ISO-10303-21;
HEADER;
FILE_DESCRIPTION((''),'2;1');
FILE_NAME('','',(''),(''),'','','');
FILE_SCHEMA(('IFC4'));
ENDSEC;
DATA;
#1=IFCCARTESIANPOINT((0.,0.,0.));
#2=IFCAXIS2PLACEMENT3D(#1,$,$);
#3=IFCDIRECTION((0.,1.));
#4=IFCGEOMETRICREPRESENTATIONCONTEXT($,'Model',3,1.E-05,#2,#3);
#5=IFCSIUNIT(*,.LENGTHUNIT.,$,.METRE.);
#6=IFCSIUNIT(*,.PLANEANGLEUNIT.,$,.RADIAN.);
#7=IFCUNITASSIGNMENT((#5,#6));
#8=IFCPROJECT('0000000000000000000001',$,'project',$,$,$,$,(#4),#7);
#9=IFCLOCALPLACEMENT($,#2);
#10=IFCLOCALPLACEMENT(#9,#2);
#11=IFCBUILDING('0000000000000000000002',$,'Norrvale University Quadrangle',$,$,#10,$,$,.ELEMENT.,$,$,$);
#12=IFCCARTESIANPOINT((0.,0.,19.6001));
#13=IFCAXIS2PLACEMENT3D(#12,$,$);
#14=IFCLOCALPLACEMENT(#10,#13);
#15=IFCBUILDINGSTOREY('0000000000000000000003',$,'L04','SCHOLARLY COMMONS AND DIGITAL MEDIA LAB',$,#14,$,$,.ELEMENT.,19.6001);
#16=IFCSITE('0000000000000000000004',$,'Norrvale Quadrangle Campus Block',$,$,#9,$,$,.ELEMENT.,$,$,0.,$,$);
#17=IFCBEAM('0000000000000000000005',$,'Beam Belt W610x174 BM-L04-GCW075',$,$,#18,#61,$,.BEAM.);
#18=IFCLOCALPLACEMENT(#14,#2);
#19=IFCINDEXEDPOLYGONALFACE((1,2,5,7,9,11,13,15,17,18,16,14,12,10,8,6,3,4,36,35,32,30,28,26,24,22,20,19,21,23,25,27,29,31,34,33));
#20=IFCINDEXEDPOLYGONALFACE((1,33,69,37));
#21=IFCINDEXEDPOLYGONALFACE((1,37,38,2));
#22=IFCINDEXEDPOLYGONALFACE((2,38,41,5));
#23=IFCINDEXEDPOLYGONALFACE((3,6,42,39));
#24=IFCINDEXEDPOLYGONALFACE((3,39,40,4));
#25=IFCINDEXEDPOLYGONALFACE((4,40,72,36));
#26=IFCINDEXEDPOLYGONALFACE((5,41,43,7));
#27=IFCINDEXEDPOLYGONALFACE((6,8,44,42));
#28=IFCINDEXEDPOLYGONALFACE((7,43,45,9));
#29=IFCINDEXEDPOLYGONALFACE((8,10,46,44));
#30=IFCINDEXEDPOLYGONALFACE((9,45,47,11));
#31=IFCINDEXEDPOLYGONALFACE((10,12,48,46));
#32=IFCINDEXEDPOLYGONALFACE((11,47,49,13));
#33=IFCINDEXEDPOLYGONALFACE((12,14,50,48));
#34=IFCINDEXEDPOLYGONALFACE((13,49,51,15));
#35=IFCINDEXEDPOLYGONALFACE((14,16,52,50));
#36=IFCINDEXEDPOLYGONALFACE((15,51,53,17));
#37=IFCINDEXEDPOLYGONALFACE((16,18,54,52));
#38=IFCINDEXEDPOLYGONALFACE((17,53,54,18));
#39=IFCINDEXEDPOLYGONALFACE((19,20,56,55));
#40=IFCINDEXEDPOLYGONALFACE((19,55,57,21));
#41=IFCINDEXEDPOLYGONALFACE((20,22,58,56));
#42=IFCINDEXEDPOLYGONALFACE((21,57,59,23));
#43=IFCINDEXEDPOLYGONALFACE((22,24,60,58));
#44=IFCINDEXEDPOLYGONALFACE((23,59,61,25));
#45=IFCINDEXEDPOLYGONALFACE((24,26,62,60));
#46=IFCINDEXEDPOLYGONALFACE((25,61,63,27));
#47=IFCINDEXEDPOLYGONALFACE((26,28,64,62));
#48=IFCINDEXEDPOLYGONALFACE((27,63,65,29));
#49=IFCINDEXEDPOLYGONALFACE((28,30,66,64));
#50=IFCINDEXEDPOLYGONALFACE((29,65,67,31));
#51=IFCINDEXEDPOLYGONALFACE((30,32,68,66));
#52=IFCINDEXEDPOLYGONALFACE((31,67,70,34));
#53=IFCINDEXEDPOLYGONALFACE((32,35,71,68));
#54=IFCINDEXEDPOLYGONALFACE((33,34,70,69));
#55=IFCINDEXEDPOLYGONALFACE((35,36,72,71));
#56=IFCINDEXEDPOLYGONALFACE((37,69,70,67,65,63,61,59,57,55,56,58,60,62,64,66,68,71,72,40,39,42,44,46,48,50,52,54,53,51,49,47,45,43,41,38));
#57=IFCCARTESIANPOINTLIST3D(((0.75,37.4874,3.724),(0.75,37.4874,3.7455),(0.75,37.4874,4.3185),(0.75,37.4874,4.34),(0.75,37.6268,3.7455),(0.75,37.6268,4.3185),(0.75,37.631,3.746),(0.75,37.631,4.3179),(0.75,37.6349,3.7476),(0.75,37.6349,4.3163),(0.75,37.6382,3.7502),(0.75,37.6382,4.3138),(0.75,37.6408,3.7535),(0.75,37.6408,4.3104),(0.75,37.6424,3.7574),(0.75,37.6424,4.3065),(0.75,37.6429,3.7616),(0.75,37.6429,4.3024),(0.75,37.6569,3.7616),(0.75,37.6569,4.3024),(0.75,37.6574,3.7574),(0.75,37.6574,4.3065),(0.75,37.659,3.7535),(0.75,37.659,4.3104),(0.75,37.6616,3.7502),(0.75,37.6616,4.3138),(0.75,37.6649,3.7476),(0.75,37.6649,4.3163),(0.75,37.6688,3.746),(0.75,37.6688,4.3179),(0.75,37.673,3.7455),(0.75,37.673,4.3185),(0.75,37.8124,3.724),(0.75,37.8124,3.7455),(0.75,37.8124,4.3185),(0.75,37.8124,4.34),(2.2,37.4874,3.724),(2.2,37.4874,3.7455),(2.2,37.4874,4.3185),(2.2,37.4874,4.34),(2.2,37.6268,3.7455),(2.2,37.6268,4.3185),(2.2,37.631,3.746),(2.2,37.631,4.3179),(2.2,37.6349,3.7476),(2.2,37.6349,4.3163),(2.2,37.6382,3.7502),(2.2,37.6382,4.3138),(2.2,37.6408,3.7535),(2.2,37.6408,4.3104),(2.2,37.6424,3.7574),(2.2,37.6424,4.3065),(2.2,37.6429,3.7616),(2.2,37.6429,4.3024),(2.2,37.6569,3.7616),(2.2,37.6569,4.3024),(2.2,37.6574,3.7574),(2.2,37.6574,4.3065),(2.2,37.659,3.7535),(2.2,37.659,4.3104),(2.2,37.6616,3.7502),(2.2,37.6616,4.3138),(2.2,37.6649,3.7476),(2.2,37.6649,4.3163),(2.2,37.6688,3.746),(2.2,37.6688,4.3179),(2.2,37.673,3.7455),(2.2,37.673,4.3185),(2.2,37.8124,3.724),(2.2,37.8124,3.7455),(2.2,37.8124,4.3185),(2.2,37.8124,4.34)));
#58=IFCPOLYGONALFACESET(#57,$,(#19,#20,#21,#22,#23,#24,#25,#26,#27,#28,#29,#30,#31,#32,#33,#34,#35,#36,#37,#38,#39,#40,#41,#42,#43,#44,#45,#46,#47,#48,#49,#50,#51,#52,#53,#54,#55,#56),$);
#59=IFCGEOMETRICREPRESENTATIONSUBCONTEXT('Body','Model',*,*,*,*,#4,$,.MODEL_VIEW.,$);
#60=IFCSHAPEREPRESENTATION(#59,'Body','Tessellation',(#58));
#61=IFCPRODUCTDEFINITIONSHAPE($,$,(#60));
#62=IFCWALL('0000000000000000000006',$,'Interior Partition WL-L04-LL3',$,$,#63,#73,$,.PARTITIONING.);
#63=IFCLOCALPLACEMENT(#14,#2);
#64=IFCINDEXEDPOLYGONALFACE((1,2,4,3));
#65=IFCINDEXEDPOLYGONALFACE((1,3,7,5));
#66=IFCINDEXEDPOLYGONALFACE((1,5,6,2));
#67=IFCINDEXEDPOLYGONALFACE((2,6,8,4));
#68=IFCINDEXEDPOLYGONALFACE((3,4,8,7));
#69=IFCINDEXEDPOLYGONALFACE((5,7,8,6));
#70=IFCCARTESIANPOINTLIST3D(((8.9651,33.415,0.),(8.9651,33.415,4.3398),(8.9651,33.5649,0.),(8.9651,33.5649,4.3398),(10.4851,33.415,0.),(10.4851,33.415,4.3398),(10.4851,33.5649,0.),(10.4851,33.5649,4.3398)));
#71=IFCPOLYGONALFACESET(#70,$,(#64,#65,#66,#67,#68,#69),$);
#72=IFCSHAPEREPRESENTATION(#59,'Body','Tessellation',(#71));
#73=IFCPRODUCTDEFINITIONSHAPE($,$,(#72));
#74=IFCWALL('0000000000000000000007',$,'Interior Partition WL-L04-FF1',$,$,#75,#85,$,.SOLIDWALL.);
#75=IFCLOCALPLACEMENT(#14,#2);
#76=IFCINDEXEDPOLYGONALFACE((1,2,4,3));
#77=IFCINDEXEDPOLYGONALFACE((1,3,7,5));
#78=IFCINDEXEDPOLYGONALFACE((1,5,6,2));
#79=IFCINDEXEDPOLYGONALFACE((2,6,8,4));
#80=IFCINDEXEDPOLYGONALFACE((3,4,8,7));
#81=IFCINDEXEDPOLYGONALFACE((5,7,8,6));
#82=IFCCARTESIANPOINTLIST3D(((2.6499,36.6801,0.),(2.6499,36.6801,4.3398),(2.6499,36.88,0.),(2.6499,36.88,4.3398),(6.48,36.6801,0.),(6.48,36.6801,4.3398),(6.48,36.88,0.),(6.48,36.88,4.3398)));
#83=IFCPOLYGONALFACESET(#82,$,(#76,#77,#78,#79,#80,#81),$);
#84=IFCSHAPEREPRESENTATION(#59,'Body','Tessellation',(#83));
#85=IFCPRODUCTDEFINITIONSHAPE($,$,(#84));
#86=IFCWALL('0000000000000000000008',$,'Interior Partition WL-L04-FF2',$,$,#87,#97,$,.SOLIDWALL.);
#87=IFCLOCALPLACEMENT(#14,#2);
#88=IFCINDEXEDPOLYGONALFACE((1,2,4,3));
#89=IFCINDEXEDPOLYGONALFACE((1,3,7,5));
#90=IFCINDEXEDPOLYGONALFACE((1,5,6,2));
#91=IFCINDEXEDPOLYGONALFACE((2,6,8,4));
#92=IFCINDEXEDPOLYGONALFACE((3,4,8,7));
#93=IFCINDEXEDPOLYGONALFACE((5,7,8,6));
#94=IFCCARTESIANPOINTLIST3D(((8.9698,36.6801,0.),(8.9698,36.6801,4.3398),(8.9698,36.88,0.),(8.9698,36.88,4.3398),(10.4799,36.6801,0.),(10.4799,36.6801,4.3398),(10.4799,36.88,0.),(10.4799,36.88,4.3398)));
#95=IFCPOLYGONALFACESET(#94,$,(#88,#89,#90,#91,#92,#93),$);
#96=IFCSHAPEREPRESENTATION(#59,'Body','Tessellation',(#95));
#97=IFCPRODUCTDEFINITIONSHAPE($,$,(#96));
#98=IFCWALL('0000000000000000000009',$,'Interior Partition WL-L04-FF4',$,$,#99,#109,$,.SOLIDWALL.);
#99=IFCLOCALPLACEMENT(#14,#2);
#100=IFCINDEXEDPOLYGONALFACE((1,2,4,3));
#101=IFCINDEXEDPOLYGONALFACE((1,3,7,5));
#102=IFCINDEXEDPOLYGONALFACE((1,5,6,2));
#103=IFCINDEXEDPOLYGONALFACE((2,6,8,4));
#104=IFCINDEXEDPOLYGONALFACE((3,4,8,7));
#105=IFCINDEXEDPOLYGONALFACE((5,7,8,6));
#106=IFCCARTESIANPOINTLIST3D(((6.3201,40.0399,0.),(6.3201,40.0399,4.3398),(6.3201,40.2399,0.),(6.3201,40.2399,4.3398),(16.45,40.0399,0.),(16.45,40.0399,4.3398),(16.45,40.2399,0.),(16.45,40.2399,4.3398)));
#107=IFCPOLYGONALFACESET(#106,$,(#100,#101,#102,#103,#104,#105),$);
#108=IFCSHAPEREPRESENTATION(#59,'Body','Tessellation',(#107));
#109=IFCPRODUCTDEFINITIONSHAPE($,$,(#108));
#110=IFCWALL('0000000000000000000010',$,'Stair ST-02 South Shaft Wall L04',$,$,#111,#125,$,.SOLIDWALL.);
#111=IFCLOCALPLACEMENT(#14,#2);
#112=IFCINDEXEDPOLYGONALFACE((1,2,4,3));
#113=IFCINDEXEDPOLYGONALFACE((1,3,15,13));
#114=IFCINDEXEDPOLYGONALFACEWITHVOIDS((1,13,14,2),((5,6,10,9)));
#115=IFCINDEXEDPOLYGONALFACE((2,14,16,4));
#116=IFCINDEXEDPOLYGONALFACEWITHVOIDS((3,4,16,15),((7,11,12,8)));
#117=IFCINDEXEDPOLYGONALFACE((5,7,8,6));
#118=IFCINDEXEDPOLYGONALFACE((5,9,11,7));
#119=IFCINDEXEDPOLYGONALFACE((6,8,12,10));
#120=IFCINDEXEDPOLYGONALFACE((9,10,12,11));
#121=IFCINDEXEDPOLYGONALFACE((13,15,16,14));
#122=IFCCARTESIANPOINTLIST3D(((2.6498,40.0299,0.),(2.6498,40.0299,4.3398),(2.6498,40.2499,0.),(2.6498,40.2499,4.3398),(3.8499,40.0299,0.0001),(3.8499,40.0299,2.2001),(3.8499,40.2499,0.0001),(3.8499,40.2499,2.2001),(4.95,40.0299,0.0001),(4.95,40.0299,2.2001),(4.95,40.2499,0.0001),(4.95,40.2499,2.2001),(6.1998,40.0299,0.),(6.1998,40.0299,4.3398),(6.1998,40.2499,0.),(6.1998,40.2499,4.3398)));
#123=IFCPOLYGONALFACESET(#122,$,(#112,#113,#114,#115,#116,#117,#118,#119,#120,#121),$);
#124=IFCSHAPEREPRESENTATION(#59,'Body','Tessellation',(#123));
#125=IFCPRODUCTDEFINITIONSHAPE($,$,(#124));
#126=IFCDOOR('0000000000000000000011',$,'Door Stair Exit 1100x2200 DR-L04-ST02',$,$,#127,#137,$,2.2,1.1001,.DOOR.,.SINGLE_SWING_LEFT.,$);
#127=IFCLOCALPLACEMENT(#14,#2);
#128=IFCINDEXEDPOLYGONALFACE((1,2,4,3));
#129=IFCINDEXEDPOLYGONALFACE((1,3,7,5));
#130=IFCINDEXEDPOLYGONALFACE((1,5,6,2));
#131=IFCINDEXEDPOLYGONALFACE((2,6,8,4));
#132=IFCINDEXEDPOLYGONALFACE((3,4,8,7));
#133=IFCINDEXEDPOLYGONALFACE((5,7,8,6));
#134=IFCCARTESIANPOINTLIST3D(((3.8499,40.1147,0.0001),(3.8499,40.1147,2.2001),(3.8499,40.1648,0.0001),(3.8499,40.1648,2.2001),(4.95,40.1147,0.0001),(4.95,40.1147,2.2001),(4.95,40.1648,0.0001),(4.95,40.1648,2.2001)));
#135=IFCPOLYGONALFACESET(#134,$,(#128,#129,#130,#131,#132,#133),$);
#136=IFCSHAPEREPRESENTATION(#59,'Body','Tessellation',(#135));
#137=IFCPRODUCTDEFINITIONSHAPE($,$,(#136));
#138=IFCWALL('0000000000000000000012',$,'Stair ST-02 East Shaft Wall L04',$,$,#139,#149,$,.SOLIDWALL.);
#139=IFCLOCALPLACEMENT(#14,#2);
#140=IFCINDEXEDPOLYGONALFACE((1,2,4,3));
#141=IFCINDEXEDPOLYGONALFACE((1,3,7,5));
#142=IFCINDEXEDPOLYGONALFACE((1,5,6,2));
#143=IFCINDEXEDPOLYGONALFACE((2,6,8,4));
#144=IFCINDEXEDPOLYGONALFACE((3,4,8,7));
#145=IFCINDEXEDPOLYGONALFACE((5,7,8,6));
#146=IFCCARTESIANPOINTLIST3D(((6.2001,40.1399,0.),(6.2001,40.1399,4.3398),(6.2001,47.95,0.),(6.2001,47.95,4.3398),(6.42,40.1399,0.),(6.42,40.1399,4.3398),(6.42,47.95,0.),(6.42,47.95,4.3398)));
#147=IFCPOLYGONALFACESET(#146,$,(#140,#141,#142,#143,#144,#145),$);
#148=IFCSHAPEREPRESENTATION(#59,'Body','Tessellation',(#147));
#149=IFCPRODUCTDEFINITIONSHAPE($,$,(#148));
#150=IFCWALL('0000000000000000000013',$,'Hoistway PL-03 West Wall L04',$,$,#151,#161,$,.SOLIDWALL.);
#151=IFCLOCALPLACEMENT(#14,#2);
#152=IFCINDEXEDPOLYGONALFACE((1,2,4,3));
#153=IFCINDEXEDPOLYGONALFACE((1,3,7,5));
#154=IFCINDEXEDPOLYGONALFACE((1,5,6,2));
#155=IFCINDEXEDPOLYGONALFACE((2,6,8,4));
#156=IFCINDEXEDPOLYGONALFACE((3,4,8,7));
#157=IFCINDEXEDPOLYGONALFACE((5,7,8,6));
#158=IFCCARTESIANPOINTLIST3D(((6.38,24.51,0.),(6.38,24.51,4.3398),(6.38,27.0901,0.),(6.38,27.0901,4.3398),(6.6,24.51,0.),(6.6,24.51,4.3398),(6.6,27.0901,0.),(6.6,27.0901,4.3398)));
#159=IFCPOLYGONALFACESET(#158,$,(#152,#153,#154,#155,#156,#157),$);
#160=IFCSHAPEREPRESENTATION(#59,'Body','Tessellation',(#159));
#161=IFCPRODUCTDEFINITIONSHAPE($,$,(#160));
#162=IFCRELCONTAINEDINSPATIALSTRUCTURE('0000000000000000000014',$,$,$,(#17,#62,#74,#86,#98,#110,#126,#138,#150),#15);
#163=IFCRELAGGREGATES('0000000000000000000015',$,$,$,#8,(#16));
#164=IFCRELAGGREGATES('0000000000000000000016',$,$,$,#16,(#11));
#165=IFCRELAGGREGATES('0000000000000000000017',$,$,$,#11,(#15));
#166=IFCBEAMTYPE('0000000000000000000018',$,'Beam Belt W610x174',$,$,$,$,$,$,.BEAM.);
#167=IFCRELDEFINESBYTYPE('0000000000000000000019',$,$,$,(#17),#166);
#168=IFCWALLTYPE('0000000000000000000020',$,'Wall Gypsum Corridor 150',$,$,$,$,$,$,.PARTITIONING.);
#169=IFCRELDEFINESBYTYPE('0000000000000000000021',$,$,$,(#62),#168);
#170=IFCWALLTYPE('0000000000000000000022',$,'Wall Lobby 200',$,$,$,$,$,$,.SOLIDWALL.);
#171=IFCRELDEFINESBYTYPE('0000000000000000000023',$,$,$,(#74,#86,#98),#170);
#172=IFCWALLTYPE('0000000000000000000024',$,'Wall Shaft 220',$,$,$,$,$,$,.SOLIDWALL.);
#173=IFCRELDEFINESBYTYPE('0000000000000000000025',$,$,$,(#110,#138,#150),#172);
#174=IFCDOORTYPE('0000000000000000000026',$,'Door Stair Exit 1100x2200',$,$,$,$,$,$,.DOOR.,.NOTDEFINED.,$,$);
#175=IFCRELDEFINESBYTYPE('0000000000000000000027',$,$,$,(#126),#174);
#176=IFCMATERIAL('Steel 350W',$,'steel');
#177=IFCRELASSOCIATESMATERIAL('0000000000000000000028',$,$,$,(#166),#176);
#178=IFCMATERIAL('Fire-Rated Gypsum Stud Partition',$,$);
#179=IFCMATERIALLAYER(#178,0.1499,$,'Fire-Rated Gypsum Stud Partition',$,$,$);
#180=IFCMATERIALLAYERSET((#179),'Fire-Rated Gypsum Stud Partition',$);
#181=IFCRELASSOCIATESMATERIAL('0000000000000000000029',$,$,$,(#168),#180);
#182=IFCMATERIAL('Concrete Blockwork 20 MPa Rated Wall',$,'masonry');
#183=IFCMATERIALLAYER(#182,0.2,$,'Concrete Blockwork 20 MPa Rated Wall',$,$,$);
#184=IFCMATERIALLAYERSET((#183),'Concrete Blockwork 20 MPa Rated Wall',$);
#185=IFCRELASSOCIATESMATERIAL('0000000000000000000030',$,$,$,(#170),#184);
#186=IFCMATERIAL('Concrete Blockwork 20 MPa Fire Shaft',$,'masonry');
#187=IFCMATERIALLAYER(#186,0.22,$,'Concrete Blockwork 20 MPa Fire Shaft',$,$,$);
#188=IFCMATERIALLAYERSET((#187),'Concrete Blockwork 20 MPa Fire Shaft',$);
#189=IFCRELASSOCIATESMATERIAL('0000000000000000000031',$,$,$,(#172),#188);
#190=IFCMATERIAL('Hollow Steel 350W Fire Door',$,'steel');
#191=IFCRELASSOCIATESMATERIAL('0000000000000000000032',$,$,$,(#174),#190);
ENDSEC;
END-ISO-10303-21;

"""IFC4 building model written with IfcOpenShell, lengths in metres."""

from ifc_helpers import new_model, si_unit, direction, frame, frame_2d, origin, origin_2d, place, context, subcontext, project, spatial, rectangle, i_section, extrude, material, layer, layer_set, material_profile, profile_set, type_object, element, fill, save


model = new_model("IFC4")

# Units and contexts
model_context = context("Model", 3, precision=1e-05, world=origin(), true_north=direction((0.0, 1.0)))
body_context = subcontext(model_context, "Body", "Model", "MODEL_VIEW")
ifc_project = project(units=[si_unit("LENGTHUNIT", "METRE"), si_unit("PLANEANGLEUNIT", "RADIAN")], contexts=[model_context])

# Site, building, storey
site_placement = place(None, origin())
site = spatial("IfcSite", under=ifc_project, at=site_placement, Name="Norrvale Quadrangle Campus Block", CompositionType="ELEMENT", RefElevation=0.0)
building_placement = place(site_placement, origin())
building = spatial("IfcBuilding", under=site, at=building_placement, Name="Norrvale University Quadrangle", CompositionType="ELEMENT")
storey_placement = place(building_placement, frame((0.0, 0.0, 19.6001)))
storey = spatial("IfcBuildingStorey", under=building, at=storey_placement, Name="L04", Description="SCHOLARLY COMMONS AND DIGITAL MEDIA LAB", CompositionType="ELEMENT", Elevation=19.6001)

# Beam
ifc_material_1 = material(Name="Steel 350W", Category="steel")
ifc_material_profile_1 = material_profile(ifc_material_1, i_section(OverallWidth=0.325, OverallDepth=0.616, WebThickness=0.0139, FlangeThickness=0.0215, FilletRadius=0.0161, at=origin_2d()), Name="Steel 350W")
ifc_profile_set_1 = profile_set([ifc_material_profile_1], Name="Steel 350W")
beam_type = type_object("IfcBeamType", Name="Beam Belt W610x174", PredefinedType="BEAM", material=ifc_profile_set_1)
for number, where, z_axis, x_axis, name in (
    (1, (0.75, 37.6499, 4.032), (1.0, 0.0, 0.0), (0.0, 1.0, 0.0), "Beam Belt W610x174 BM-L04-GCW075"),
):
    element("IfcBeam", number, at=place(storey_placement, frame(where, z_axis=z_axis, x_axis=x_axis)), inside=storey, type_object=beam_type, Name=name, PredefinedType="BEAM", context=body_context, shape_type="SweptSolid", body=[
        extrude(i_section(OverallWidth=0.325, OverallDepth=0.616, WebThickness=0.0139, FlangeThickness=0.0215, FilletRadius=0.0161, at=origin_2d()), origin(), (0.0, 0.0, 1.0), 1.45),
    ])

# Walls
ifc_material_2 = material(Name="Fire-Rated Gypsum Stud Partition")
ifc_layer_1 = layer(ifc_material_2, 0.1499, Name="Fire-Rated Gypsum Stud Partition")
ifc_layer_set_1 = layer_set([ifc_layer_1], Name="Fire-Rated Gypsum Stud Partition")
wall_type_1 = type_object("IfcWallType", Name="Wall Gypsum Corridor 150", PredefinedType="PARTITIONING", material=ifc_layer_set_1)
wall_1_placement = place(storey_placement, frame((8.9651, 33.49, 0.0), z_axis=(0.0, 0.0, 1.0), x_axis=(1.0, 0.0, 0.0)))
element("IfcWall", 2, at=wall_1_placement, inside=storey, type_object=wall_type_1, Name="Interior Partition WL-L04-LL3", PredefinedType="PARTITIONING", context=body_context, shape_type="SweptSolid", body=[
    extrude(rectangle(XDim=1.52, YDim=0.1499, at=frame_2d((0.76, 0.0))), origin(), (0.0, 0.0, 1.0), 4.3398),
])
ifc_material_3 = material(Name="Concrete Blockwork 20 MPa Rated Wall", Category="masonry")
ifc_layer_2 = layer(ifc_material_3, 0.2, Name="Concrete Blockwork 20 MPa Rated Wall")
ifc_layer_set_2 = layer_set([ifc_layer_2], Name="Concrete Blockwork 20 MPa Rated Wall")
wall_type_2 = type_object("IfcWallType", Name="Wall Lobby 200", PredefinedType="SOLIDWALL", material=ifc_layer_set_2)
wall_2_placement = place(storey_placement, frame((2.6499, 36.78, 0.0), z_axis=(0.0, 0.0, 1.0), x_axis=(1.0, 0.0, 0.0)))
element("IfcWall", 3, at=wall_2_placement, inside=storey, type_object=wall_type_2, Name="Interior Partition WL-L04-FF1", PredefinedType="SOLIDWALL", context=body_context, shape_type="SweptSolid", body=[
    extrude(rectangle(XDim=3.8301, YDim=0.2, at=frame_2d((1.915, 0.0))), origin(), (0.0, 0.0, 1.0), 4.3398),
])
wall_3_placement = place(storey_placement, frame((8.97, 36.78, 0.0), z_axis=(0.0, 0.0, 1.0), x_axis=(1.0, 0.0, 0.0)))
element("IfcWall", 4, at=wall_3_placement, inside=storey, type_object=wall_type_2, Name="Interior Partition WL-L04-FF2", PredefinedType="SOLIDWALL", context=body_context, shape_type="SweptSolid", body=[
    extrude(rectangle(XDim=1.51, YDim=0.2, at=frame_2d((0.7549, 0.0))), origin(), (0.0, 0.0, 1.0), 4.3398),
])
wall_4_placement = place(storey_placement, frame((6.3201, 40.1399, 0.0), z_axis=(0.0, 0.0, 1.0), x_axis=(1.0, 0.0, 0.0)))
element("IfcWall", 5, at=wall_4_placement, inside=storey, type_object=wall_type_2, Name="Interior Partition WL-L04-FF4", PredefinedType="SOLIDWALL", context=body_context, shape_type="SweptSolid", body=[
    extrude(rectangle(XDim=10.1299, YDim=0.2, at=frame_2d((5.0649, 0.0))), origin(), (0.0, 0.0, 1.0), 4.3398),
])

# Wall, opening, door
ifc_material_4 = material(Name="Concrete Blockwork 20 MPa Fire Shaft", Category="masonry")
ifc_layer_3 = layer(ifc_material_4, 0.22, Name="Concrete Blockwork 20 MPa Fire Shaft")
ifc_layer_set_3 = layer_set([ifc_layer_3], Name="Concrete Blockwork 20 MPa Fire Shaft")
wall_type_3 = type_object("IfcWallType", Name="Wall Shaft 220", PredefinedType="SOLIDWALL", material=ifc_layer_set_3)
wall_5_placement = place(storey_placement, frame((2.6499, 40.1399, 0.0), z_axis=(0.0, 0.0, 1.0), x_axis=(1.0, 0.0, 0.0)))
wall_5 = element("IfcWall", 6, at=wall_5_placement, inside=storey, type_object=wall_type_3, Name="Stair ST-02 South Shaft Wall L04", PredefinedType="SOLIDWALL", context=body_context, shape_type="SweptSolid", body=[
    extrude(rectangle(XDim=3.55, YDim=0.22, at=frame_2d((1.7749, 0.0))), origin(), (0.0, 0.0, 1.0), 4.3398),
])
opening_1_placement = place(wall_5_placement, frame((1.2, 0.0, 0.0)))
opening_1 = element("IfcOpeningElement", 7, at=opening_1_placement, cuts=wall_5, PredefinedType="OPENING", context=body_context, shape_type="SweptSolid", body=[
    extrude(rectangle(XDim=1.1001, YDim=2.2, at=frame_2d((0.55, 1.1001))), frame((0.0, 0.1221, 0.0), z_axis=(0.0, -1.0, 0.0), x_axis=(1.0, 0.0, 0.0)), (0.0, 0.0, 1.0), 0.2439),
])
ifc_material_5 = material(Name="Hollow Steel 350W Fire Door", Category="steel")
door_type_1 = type_object("IfcDoorType", Name="Door Stair Exit 1100x2200", OperationType="NOTDEFINED", PredefinedType="DOOR", material=ifc_material_5)
door_1_placement = place(opening_1_placement, origin())
door_1 = element("IfcDoor", 8, at=door_1_placement, inside=storey, type_object=door_type_1, Name="Door Stair Exit 1100x2200 DR-L04-ST02", OperationType="SINGLE_SWING_LEFT", OverallHeight=2.2, OverallWidth=1.1001, PredefinedType="DOOR", context=body_context, shape_type="SweptSolid", body=[
    extrude(rectangle(XDim=1.1001, YDim=2.2, at=frame_2d((0.55, 1.1001))), frame((0.0, 0.0249, 0.0), z_axis=(0.0, -1.0, 0.0), x_axis=(1.0, 0.0, 0.0)), (0.0, 0.0, 1.0), 0.05),
])
fill(opening_1, door_1)

# Walls
wall_6_placement = place(storey_placement, frame((6.3101, 40.1399, 0.0), z_axis=(0.0, 0.0, 1.0), x_axis=(0.0, 1.0, 0.0)))
element("IfcWall", 9, at=wall_6_placement, inside=storey, type_object=wall_type_3, Name="Stair ST-02 East Shaft Wall L04", PredefinedType="SOLIDWALL", context=body_context, shape_type="SweptSolid", body=[
    extrude(rectangle(XDim=7.8101, YDim=0.22, at=frame_2d((3.905, 0.0))), origin(), (0.0, 0.0, 1.0), 4.3398),
])
wall_7_placement = place(storey_placement, frame((6.49, 24.51, 0.0), z_axis=(0.0, 0.0, 1.0), x_axis=(0.0, 1.0, 0.0)))
element("IfcWall", 10, at=wall_7_placement, inside=storey, type_object=wall_type_3, Name="Hoistway PL-03 West Wall L04", PredefinedType="SOLIDWALL", context=body_context, shape_type="SweptSolid", body=[
    extrude(rectangle(XDim=2.5801, YDim=0.22, at=frame_2d((1.29, 0.0))), origin(), (0.0, 0.0, 1.0), 4.3398),
])

save(model, "model.ifc")
